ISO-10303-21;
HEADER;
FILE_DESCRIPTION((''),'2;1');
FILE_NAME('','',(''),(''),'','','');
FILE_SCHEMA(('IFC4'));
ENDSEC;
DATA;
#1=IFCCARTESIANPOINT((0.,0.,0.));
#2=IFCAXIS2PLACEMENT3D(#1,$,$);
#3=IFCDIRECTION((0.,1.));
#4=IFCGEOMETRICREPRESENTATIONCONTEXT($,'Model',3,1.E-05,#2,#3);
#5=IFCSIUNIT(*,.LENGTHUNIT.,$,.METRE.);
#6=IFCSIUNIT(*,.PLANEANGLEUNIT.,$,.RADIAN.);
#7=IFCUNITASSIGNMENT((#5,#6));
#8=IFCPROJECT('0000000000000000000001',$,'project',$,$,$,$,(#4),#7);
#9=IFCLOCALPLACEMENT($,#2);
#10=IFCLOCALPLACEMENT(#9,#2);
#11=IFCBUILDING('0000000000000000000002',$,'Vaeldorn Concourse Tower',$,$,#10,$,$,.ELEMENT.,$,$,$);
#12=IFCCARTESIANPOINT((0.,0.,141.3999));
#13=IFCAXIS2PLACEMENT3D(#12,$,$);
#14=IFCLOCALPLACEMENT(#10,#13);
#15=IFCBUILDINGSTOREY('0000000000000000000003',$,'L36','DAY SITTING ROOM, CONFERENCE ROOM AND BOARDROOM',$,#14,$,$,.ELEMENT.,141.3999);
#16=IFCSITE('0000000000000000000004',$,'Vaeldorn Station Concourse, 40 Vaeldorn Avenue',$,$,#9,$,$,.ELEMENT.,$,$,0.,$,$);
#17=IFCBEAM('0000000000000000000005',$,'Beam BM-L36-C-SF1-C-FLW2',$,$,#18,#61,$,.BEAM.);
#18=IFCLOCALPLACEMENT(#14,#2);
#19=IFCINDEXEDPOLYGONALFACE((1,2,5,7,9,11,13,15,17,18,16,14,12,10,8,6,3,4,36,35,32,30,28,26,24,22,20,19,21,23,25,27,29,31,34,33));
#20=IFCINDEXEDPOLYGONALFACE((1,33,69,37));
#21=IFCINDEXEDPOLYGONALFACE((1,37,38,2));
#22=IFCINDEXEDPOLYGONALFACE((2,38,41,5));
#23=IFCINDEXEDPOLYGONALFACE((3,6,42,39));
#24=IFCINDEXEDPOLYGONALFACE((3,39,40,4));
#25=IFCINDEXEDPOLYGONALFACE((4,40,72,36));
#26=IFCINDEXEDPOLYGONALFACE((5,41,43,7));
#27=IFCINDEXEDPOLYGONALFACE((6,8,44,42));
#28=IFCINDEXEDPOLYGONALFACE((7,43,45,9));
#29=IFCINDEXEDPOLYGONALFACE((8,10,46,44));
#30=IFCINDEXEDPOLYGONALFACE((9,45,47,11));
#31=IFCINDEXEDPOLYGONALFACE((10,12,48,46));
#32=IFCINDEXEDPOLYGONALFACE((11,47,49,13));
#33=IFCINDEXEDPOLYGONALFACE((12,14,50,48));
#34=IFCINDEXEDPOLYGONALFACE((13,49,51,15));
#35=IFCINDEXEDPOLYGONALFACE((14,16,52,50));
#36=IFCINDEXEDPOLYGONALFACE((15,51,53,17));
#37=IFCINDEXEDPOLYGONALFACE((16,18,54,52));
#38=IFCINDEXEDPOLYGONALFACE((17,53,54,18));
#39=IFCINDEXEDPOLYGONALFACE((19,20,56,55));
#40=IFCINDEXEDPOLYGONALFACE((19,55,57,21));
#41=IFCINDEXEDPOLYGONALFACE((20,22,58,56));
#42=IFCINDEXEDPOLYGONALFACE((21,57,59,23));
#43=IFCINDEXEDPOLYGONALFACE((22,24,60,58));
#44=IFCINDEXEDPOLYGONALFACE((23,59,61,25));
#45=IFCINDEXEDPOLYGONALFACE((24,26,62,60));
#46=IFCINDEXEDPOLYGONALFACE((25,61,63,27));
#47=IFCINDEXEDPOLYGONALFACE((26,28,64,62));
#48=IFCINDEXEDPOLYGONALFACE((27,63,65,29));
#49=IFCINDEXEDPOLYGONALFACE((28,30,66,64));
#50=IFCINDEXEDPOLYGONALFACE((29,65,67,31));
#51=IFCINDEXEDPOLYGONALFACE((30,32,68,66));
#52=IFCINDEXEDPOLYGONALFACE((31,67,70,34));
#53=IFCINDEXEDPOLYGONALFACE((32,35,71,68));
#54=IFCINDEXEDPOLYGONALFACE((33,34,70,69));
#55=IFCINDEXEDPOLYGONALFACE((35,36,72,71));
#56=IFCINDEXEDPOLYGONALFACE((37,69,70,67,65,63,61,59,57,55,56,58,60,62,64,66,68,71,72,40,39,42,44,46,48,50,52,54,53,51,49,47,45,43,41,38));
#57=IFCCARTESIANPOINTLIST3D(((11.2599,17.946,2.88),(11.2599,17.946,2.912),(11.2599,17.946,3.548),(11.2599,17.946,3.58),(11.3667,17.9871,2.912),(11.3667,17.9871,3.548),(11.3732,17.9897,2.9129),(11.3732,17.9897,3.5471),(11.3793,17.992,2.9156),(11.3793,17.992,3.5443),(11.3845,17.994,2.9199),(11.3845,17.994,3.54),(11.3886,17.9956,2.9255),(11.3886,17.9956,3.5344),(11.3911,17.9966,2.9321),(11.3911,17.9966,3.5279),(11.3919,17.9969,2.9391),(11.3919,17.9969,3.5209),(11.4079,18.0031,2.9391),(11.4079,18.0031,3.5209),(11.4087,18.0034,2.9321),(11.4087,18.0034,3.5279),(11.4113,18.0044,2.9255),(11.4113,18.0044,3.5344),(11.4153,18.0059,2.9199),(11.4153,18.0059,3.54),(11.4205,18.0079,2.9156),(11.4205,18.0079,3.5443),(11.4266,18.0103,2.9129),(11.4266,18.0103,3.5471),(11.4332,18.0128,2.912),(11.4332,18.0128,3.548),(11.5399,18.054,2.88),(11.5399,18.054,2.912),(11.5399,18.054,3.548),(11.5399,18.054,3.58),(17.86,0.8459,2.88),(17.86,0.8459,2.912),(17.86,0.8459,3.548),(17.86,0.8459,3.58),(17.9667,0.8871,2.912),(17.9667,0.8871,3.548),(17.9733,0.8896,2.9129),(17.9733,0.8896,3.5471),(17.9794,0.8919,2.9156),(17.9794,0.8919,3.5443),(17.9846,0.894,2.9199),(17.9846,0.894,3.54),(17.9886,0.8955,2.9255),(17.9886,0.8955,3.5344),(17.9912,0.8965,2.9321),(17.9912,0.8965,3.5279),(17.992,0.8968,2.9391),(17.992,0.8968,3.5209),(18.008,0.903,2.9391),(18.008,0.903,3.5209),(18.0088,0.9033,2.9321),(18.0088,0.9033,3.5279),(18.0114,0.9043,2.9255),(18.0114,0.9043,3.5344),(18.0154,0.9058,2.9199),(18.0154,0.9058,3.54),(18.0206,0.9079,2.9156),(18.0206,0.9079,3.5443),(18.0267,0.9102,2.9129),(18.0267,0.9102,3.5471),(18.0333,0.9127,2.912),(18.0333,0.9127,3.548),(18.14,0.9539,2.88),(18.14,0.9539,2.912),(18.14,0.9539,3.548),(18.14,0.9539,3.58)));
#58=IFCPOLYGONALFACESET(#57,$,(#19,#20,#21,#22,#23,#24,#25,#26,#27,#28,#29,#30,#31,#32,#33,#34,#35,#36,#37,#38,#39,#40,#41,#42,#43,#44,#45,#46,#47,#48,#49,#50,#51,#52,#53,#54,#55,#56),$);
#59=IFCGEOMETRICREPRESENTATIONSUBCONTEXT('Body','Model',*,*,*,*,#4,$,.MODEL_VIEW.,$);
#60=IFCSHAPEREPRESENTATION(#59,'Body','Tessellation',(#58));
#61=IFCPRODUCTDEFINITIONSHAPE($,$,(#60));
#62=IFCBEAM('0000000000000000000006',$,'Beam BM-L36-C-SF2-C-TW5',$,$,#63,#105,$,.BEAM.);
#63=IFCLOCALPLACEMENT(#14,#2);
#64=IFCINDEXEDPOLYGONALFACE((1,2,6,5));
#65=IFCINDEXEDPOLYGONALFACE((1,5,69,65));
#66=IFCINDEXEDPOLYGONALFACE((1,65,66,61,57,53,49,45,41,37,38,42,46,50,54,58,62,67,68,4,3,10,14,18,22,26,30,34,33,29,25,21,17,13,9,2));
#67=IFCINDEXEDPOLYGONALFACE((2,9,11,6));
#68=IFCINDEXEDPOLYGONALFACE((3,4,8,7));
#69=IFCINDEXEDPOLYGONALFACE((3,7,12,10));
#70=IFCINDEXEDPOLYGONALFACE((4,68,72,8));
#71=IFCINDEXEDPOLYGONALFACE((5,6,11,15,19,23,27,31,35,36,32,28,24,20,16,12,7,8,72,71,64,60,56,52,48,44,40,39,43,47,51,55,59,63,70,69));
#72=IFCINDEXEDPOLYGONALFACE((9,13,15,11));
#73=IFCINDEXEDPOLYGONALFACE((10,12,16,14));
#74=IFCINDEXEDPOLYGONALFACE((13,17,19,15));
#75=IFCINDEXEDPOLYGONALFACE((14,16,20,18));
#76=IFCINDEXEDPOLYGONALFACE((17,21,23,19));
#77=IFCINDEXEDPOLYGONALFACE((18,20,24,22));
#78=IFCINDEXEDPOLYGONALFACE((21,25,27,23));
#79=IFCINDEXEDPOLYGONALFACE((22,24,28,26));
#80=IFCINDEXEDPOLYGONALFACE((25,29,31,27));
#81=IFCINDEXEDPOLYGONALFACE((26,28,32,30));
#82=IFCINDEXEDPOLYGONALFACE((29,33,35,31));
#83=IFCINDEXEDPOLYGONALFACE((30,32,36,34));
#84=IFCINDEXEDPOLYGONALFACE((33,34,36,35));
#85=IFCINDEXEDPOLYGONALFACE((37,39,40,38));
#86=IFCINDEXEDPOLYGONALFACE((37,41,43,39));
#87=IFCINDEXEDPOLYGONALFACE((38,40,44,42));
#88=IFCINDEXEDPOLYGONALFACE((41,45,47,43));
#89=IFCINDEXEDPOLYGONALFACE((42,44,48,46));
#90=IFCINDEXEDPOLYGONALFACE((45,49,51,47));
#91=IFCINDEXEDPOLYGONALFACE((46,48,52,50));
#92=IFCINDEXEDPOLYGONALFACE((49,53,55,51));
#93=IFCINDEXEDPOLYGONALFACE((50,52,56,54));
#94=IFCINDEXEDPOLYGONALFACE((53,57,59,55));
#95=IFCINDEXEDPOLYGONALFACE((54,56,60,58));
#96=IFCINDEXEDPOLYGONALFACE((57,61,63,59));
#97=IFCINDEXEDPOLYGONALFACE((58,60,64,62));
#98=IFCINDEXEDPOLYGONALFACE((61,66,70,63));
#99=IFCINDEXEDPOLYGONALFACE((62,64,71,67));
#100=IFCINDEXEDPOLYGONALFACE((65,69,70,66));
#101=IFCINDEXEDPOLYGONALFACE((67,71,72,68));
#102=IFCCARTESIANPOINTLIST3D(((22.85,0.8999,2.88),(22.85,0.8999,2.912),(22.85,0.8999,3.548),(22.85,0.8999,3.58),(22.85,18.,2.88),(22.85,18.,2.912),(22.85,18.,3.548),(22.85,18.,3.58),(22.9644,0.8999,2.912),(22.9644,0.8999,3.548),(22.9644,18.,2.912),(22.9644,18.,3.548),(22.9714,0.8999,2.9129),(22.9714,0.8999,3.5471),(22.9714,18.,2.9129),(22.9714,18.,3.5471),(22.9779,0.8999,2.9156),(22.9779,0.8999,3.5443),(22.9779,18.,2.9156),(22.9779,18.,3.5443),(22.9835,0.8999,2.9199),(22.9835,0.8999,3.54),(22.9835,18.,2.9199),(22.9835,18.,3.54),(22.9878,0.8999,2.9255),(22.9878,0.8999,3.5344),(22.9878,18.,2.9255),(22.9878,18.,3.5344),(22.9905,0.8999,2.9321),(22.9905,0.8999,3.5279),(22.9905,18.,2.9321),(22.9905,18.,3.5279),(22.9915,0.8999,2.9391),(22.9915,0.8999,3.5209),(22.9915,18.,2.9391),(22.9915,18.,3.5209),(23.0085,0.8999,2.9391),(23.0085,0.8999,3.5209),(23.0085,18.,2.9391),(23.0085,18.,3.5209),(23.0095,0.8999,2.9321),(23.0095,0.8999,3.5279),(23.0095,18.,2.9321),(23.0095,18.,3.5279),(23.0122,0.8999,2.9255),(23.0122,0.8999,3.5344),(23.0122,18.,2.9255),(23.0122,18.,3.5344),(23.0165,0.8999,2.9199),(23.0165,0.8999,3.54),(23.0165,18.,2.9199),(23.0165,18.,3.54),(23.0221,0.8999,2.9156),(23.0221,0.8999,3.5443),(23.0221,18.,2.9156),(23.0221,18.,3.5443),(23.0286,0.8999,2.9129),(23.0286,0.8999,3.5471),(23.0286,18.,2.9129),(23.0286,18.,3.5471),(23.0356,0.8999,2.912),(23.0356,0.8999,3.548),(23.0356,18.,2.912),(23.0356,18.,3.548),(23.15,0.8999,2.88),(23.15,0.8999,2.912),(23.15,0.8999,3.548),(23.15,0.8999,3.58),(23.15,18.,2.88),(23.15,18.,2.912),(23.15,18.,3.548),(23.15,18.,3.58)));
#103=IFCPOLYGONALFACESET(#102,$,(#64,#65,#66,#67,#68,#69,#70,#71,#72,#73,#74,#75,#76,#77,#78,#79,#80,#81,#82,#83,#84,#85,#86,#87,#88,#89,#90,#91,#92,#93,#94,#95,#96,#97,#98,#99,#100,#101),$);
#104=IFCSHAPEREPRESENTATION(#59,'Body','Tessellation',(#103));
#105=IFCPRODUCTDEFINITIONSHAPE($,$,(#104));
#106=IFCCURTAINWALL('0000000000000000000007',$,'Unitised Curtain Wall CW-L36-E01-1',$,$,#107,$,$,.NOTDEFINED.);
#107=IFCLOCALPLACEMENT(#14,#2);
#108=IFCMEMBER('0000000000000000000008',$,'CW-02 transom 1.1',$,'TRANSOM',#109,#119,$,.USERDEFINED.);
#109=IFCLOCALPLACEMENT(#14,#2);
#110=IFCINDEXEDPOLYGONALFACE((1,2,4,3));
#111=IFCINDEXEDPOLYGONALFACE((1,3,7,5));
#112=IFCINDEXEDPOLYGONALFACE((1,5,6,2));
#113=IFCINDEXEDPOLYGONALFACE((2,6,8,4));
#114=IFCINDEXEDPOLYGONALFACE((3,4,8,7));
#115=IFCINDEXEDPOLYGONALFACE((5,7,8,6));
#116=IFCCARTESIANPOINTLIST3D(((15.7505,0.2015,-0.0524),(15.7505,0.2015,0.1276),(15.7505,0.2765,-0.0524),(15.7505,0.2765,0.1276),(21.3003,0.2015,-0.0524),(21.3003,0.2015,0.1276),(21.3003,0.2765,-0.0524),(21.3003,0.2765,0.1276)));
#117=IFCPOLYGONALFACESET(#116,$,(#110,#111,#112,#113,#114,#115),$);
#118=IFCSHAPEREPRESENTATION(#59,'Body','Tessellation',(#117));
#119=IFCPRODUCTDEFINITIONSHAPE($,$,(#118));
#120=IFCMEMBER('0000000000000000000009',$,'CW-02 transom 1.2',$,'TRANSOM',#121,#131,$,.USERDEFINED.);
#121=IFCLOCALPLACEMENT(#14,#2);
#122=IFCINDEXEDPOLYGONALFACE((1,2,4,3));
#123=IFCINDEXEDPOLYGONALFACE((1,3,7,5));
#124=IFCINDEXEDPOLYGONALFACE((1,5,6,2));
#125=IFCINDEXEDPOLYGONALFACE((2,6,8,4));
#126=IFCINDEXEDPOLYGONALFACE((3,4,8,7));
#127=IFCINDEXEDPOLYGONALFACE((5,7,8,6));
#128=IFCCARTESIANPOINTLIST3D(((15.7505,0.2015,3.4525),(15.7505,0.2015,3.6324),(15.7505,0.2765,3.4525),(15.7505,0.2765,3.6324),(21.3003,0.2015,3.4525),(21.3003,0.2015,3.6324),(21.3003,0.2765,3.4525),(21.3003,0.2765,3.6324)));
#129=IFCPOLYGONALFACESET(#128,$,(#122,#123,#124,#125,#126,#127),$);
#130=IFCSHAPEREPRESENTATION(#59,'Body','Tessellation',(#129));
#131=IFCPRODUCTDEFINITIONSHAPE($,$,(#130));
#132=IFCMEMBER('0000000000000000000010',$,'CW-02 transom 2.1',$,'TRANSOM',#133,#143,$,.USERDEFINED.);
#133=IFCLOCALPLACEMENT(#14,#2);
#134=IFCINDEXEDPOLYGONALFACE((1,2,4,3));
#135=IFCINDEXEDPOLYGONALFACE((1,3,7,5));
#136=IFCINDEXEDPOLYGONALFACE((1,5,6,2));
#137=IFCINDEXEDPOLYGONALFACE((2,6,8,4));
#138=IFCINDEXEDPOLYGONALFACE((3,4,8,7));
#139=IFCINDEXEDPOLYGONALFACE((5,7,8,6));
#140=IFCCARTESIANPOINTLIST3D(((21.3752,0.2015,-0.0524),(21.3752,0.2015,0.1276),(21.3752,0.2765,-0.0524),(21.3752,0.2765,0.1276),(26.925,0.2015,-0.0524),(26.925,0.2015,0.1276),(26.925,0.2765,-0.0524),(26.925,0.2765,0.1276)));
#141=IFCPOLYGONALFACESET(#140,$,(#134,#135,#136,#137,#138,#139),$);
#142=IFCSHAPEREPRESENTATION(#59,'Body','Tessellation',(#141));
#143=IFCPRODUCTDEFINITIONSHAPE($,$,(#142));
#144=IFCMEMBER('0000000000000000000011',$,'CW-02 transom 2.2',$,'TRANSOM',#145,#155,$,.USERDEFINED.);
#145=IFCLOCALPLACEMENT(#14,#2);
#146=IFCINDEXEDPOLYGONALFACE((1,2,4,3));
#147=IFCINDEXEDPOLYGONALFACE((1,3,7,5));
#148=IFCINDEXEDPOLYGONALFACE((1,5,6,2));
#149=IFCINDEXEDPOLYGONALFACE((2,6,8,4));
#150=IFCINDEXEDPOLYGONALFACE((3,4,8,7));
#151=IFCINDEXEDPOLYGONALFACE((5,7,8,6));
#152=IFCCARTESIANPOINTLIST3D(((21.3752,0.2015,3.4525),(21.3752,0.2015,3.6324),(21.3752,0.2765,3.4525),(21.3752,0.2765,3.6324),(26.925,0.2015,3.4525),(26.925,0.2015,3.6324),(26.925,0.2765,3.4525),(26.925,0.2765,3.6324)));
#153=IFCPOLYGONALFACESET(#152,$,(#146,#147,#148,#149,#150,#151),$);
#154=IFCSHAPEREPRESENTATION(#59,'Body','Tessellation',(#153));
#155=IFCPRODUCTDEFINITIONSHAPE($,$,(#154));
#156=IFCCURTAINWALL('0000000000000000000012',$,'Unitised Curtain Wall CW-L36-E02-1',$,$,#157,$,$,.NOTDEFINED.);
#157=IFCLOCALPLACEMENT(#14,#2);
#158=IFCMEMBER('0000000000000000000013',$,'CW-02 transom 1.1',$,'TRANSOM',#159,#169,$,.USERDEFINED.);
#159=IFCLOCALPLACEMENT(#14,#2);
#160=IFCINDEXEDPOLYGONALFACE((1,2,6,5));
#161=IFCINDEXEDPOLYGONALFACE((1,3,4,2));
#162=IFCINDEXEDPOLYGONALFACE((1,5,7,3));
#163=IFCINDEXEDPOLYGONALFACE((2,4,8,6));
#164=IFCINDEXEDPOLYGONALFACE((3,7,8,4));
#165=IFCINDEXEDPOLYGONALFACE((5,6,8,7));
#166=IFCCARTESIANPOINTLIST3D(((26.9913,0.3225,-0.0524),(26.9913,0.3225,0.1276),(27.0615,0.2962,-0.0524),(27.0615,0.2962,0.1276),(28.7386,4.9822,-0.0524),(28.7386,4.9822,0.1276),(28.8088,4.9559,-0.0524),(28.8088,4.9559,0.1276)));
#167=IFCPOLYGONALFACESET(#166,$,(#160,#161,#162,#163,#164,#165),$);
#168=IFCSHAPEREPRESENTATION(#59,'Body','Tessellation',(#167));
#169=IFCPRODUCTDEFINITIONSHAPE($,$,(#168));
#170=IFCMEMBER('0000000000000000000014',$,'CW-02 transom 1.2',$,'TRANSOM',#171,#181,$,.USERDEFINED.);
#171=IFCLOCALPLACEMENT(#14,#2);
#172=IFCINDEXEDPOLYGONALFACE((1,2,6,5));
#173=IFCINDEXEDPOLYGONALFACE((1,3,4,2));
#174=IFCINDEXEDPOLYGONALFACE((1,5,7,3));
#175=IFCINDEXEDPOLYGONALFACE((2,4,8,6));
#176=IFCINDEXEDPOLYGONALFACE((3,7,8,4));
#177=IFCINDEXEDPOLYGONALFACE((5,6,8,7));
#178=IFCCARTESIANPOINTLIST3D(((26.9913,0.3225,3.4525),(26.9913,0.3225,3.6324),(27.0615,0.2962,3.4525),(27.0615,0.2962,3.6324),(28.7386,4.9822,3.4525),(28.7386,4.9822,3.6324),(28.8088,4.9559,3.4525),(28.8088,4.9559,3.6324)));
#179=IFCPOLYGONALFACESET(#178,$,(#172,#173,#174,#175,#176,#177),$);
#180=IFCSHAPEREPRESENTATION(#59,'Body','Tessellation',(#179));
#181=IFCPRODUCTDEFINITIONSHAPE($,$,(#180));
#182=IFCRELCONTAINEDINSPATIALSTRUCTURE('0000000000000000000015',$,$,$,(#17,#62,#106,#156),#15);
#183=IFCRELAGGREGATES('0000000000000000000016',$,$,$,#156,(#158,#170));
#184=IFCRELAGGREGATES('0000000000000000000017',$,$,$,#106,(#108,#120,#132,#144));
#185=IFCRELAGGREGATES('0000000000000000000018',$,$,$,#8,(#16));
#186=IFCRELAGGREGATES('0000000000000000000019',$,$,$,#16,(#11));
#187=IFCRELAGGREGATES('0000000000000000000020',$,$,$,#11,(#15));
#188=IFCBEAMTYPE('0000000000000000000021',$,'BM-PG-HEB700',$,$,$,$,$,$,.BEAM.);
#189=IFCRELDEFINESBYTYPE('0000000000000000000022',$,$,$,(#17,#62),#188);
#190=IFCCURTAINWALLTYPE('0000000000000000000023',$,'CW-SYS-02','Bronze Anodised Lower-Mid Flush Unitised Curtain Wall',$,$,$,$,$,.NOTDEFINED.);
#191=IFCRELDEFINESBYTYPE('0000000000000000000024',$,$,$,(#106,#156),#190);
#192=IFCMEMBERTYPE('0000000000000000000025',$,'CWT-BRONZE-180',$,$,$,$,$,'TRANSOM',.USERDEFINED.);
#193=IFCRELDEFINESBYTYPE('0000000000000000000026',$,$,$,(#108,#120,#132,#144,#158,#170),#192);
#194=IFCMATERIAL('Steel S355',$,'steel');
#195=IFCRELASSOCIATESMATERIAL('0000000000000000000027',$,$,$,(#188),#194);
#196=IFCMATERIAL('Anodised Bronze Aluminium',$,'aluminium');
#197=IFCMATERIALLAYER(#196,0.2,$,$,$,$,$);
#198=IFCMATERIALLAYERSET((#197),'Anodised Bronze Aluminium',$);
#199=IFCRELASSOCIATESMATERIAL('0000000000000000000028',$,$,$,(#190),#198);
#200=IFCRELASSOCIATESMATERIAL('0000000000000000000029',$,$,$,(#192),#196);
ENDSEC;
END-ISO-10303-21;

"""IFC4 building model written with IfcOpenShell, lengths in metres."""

from ifc_helpers import new_model, si_unit, direction, frame, origin, origin_2d, place, context, subcontext, project, spatial, rectangle, i_section, extrude, source, transform, mapped, material, layer, layer_set, material_profile, profile_set, type_object, element, aggregate, save


model = new_model("IFC4")

# Units and contexts
model_context = context("Model", 3, precision=1e-05, world=origin(), true_north=direction((0.0, 1.0)))
body_context = subcontext(model_context, "Body", "Model", "MODEL_VIEW")
ifc_project = project(units=[si_unit("LENGTHUNIT", "METRE"), si_unit("PLANEANGLEUNIT", "RADIAN")], contexts=[model_context])

# Site, building, storey
site_placement = place(None, origin())
site = spatial("IfcSite", under=ifc_project, at=site_placement, Name="Vaeldorn Station Concourse, 40 Vaeldorn Avenue", CompositionType="ELEMENT", RefElevation=0.0)
building_placement = place(site_placement, origin())
building = spatial("IfcBuilding", under=site, at=building_placement, Name="Vaeldorn Concourse Tower", CompositionType="ELEMENT")
storey_placement = place(building_placement, frame((0.0, 0.0, 141.3999)))
storey = spatial("IfcBuildingStorey", under=building, at=storey_placement, Name="L36", Description="DAY SITTING ROOM, CONFERENCE ROOM AND BOARDROOM", CompositionType="ELEMENT", Elevation=141.3999)

# Beams
ifc_material_1 = material(Name="Steel S355", Category="steel")
ifc_material_profile_1 = material_profile(ifc_material_1, i_section(OverallWidth=0.3, OverallDepth=0.7, WebThickness=0.0171, FlangeThickness=0.032, FilletRadius=0.0271, at=origin_2d()), Name="HEB 700")
ifc_profile_set_1 = profile_set([ifc_material_profile_1], Name="Steel S355")
beam_type_1 = type_object("IfcBeamType", Name="BM-PG-HEB700", PredefinedType="BEAM", material=ifc_profile_set_1)
shared_shape_1 = source(origin(), body_context, "Body", "SweptSolid", [
    extrude(i_section(OverallWidth=0.3, OverallDepth=0.7, WebThickness=0.0171, FlangeThickness=0.032, FilletRadius=0.0271, at=origin_2d()), origin(), (0.0, 0.0, 1.0), 18.3296),
])
beam_1_placement = place(storey_placement, frame((18.0, 0.8999, 3.23), z_axis=(-0.360078, 0.932922, 0.0), x_axis=(-0.932922, -0.360078, 0.0)))
element("IfcBeam", 1, at=beam_1_placement, inside=storey, type_object=beam_type_1, Name="Beam BM-L36-C-SF1-C-FLW2", PredefinedType="BEAM", context=body_context, shape_type="MappedRepresentation", body=[
    mapped(shared_shape_1, transform((0.0, 0.0, 0.0), scale=1.0)),
])
shared_shape_2 = source(origin(), body_context, "Body", "SweptSolid", [
    extrude(i_section(OverallWidth=0.3, OverallDepth=0.7, WebThickness=0.0171, FlangeThickness=0.032, FilletRadius=0.0271, at=origin_2d()), origin(), (0.0, 0.0, 1.0), 17.1001),
])
beam_2_placement = place(storey_placement, frame((23.0, 0.8999, 3.23), z_axis=(0.0, 1.0, 0.0), x_axis=(-1.0, 0.0, 0.0)))
element("IfcBeam", 2, at=beam_2_placement, inside=storey, type_object=beam_type_1, Name="Beam BM-L36-C-SF2-C-TW5", PredefinedType="BEAM", context=body_context, shape_type="MappedRepresentation", body=[
    mapped(shared_shape_2, transform((0.0, 0.0, 0.0), scale=1.0)),
])

# Curtain walls, members
ifc_material_2 = material(Name="Anodised Bronze Aluminium", Category="aluminium")
ifc_layer_1 = layer(ifc_material_2, 0.2)
ifc_layer_set_1 = layer_set([ifc_layer_1], Name="Anodised Bronze Aluminium")
curtain_wall_type = type_object("IfcCurtainWallType", Name="CW-SYS-02", Description="Bronze Anodised Lower-Mid Flush Unitised Curtain Wall", PredefinedType="NOTDEFINED", material=ifc_layer_set_1)
curtain_wall_1_placement = place(storey_placement, origin())
curtain_wall_1 = element("IfcCurtainWall", 3, at=curtain_wall_1_placement, inside=storey, type_object=curtain_wall_type, Name="Unitised Curtain Wall CW-L36-E01-1", PredefinedType="NOTDEFINED")
ifc_material_profile_2 = material_profile(ifc_material_2, rectangle(XDim=0.075, YDim=0.1799, at=origin_2d()), Name="CWT 75x180")
ifc_profile_set_2 = profile_set([ifc_material_profile_2], Name="Anodised Bronze Aluminium")
member_type_1 = type_object("IfcMemberType", Name="CWT-BRONZE-180", ElementType="TRANSOM", PredefinedType="USERDEFINED", material=ifc_profile_set_2)
shared_shape_3 = source(origin(), body_context, "Body", "SweptSolid", [
    extrude(rectangle(XDim=0.075, YDim=0.1799, at=origin_2d()), origin(), (0.0, 0.0, 1.0), 5.5498),
])
member_1_placement = place(storey_placement, frame((15.7505, 0.239, 0.0376), z_axis=(1.0, 0.0, 0.0), x_axis=(0.0, 1.0, 0.0)))
member_1 = element("IfcMember", 4, at=member_1_placement, type_object=member_type_1, Name="CW-02 transom 1.1", ObjectType="TRANSOM", PredefinedType="USERDEFINED", context=body_context, shape_type="MappedRepresentation", body=[
    mapped(shared_shape_3, transform((0.0, 0.0, 0.0), scale=1.0)),
])
member_2_placement = place(storey_placement, frame((15.7505, 0.239, 3.5425), z_axis=(1.0, 0.0, 0.0), x_axis=(0.0, 1.0, 0.0)))
member_2 = element("IfcMember", 5, at=member_2_placement, type_object=member_type_1, Name="CW-02 transom 1.2", ObjectType="TRANSOM", PredefinedType="USERDEFINED", context=body_context, shape_type="MappedRepresentation", body=[
    mapped(shared_shape_3, transform((0.0, 0.0, 0.0), scale=1.0)),
])
member_3_placement = place(storey_placement, frame((21.3752, 0.239, 0.0376), z_axis=(1.0, 0.0, 0.0), x_axis=(0.0, 1.0, 0.0)))
member_3 = element("IfcMember", 6, at=member_3_placement, type_object=member_type_1, Name="CW-02 transom 2.1", ObjectType="TRANSOM", PredefinedType="USERDEFINED", context=body_context, shape_type="MappedRepresentation", body=[
    mapped(shared_shape_3, transform((0.0, 0.0, 0.0), scale=1.0)),
])
member_4_placement = place(storey_placement, frame((21.3752, 0.239, 3.5425), z_axis=(1.0, 0.0, 0.0), x_axis=(0.0, 1.0, 0.0)))
member_4 = element("IfcMember", 7, at=member_4_placement, type_object=member_type_1, Name="CW-02 transom 2.2", ObjectType="TRANSOM", PredefinedType="USERDEFINED", context=body_context, shape_type="MappedRepresentation", body=[
    mapped(shared_shape_3, transform((0.0, 0.0, 0.0), scale=1.0)),
])
curtain_wall_2_placement = place(storey_placement, origin())
curtain_wall_2 = element("IfcCurtainWall", 8, at=curtain_wall_2_placement, inside=storey, type_object=curtain_wall_type, Name="Unitised Curtain Wall CW-L36-E02-1", PredefinedType="NOTDEFINED")
shared_shape_4 = source(origin(), body_context, "Body", "SweptSolid", [
    extrude(rectangle(XDim=0.075, YDim=0.1799, at=origin_2d()), origin(), (0.0, 0.0, 1.0), 4.9766),
])
member_5_placement = place(storey_placement, frame((27.0264, 0.3093, 0.0376), z_axis=(0.351113, 0.936333, 0.0), x_axis=(-0.936333, 0.351113, 0.0)))
member_5 = element("IfcMember", 9, at=member_5_placement, type_object=member_type_1, Name="CW-02 transom 1.1", ObjectType="TRANSOM", PredefinedType="USERDEFINED", context=body_context, shape_type="MappedRepresentation", body=[
    mapped(shared_shape_4, transform((0.0, 0.0, 0.0), scale=1.0)),
])
member_6_placement = place(storey_placement, frame((27.0264, 0.3093, 3.5425), z_axis=(0.351113, 0.936333, 0.0), x_axis=(-0.936333, 0.351113, 0.0)))
member_6 = element("IfcMember", 10, at=member_6_placement, type_object=member_type_1, Name="CW-02 transom 1.2", ObjectType="TRANSOM", PredefinedType="USERDEFINED", context=body_context, shape_type="MappedRepresentation", body=[
    mapped(shared_shape_4, transform((0.0, 0.0, 0.0), scale=1.0)),
])

aggregate(curtain_wall_2, [member_5, member_6])

aggregate(curtain_wall_1, [member_1, member_2, member_3, member_4])

save(model, "model.ifc")
